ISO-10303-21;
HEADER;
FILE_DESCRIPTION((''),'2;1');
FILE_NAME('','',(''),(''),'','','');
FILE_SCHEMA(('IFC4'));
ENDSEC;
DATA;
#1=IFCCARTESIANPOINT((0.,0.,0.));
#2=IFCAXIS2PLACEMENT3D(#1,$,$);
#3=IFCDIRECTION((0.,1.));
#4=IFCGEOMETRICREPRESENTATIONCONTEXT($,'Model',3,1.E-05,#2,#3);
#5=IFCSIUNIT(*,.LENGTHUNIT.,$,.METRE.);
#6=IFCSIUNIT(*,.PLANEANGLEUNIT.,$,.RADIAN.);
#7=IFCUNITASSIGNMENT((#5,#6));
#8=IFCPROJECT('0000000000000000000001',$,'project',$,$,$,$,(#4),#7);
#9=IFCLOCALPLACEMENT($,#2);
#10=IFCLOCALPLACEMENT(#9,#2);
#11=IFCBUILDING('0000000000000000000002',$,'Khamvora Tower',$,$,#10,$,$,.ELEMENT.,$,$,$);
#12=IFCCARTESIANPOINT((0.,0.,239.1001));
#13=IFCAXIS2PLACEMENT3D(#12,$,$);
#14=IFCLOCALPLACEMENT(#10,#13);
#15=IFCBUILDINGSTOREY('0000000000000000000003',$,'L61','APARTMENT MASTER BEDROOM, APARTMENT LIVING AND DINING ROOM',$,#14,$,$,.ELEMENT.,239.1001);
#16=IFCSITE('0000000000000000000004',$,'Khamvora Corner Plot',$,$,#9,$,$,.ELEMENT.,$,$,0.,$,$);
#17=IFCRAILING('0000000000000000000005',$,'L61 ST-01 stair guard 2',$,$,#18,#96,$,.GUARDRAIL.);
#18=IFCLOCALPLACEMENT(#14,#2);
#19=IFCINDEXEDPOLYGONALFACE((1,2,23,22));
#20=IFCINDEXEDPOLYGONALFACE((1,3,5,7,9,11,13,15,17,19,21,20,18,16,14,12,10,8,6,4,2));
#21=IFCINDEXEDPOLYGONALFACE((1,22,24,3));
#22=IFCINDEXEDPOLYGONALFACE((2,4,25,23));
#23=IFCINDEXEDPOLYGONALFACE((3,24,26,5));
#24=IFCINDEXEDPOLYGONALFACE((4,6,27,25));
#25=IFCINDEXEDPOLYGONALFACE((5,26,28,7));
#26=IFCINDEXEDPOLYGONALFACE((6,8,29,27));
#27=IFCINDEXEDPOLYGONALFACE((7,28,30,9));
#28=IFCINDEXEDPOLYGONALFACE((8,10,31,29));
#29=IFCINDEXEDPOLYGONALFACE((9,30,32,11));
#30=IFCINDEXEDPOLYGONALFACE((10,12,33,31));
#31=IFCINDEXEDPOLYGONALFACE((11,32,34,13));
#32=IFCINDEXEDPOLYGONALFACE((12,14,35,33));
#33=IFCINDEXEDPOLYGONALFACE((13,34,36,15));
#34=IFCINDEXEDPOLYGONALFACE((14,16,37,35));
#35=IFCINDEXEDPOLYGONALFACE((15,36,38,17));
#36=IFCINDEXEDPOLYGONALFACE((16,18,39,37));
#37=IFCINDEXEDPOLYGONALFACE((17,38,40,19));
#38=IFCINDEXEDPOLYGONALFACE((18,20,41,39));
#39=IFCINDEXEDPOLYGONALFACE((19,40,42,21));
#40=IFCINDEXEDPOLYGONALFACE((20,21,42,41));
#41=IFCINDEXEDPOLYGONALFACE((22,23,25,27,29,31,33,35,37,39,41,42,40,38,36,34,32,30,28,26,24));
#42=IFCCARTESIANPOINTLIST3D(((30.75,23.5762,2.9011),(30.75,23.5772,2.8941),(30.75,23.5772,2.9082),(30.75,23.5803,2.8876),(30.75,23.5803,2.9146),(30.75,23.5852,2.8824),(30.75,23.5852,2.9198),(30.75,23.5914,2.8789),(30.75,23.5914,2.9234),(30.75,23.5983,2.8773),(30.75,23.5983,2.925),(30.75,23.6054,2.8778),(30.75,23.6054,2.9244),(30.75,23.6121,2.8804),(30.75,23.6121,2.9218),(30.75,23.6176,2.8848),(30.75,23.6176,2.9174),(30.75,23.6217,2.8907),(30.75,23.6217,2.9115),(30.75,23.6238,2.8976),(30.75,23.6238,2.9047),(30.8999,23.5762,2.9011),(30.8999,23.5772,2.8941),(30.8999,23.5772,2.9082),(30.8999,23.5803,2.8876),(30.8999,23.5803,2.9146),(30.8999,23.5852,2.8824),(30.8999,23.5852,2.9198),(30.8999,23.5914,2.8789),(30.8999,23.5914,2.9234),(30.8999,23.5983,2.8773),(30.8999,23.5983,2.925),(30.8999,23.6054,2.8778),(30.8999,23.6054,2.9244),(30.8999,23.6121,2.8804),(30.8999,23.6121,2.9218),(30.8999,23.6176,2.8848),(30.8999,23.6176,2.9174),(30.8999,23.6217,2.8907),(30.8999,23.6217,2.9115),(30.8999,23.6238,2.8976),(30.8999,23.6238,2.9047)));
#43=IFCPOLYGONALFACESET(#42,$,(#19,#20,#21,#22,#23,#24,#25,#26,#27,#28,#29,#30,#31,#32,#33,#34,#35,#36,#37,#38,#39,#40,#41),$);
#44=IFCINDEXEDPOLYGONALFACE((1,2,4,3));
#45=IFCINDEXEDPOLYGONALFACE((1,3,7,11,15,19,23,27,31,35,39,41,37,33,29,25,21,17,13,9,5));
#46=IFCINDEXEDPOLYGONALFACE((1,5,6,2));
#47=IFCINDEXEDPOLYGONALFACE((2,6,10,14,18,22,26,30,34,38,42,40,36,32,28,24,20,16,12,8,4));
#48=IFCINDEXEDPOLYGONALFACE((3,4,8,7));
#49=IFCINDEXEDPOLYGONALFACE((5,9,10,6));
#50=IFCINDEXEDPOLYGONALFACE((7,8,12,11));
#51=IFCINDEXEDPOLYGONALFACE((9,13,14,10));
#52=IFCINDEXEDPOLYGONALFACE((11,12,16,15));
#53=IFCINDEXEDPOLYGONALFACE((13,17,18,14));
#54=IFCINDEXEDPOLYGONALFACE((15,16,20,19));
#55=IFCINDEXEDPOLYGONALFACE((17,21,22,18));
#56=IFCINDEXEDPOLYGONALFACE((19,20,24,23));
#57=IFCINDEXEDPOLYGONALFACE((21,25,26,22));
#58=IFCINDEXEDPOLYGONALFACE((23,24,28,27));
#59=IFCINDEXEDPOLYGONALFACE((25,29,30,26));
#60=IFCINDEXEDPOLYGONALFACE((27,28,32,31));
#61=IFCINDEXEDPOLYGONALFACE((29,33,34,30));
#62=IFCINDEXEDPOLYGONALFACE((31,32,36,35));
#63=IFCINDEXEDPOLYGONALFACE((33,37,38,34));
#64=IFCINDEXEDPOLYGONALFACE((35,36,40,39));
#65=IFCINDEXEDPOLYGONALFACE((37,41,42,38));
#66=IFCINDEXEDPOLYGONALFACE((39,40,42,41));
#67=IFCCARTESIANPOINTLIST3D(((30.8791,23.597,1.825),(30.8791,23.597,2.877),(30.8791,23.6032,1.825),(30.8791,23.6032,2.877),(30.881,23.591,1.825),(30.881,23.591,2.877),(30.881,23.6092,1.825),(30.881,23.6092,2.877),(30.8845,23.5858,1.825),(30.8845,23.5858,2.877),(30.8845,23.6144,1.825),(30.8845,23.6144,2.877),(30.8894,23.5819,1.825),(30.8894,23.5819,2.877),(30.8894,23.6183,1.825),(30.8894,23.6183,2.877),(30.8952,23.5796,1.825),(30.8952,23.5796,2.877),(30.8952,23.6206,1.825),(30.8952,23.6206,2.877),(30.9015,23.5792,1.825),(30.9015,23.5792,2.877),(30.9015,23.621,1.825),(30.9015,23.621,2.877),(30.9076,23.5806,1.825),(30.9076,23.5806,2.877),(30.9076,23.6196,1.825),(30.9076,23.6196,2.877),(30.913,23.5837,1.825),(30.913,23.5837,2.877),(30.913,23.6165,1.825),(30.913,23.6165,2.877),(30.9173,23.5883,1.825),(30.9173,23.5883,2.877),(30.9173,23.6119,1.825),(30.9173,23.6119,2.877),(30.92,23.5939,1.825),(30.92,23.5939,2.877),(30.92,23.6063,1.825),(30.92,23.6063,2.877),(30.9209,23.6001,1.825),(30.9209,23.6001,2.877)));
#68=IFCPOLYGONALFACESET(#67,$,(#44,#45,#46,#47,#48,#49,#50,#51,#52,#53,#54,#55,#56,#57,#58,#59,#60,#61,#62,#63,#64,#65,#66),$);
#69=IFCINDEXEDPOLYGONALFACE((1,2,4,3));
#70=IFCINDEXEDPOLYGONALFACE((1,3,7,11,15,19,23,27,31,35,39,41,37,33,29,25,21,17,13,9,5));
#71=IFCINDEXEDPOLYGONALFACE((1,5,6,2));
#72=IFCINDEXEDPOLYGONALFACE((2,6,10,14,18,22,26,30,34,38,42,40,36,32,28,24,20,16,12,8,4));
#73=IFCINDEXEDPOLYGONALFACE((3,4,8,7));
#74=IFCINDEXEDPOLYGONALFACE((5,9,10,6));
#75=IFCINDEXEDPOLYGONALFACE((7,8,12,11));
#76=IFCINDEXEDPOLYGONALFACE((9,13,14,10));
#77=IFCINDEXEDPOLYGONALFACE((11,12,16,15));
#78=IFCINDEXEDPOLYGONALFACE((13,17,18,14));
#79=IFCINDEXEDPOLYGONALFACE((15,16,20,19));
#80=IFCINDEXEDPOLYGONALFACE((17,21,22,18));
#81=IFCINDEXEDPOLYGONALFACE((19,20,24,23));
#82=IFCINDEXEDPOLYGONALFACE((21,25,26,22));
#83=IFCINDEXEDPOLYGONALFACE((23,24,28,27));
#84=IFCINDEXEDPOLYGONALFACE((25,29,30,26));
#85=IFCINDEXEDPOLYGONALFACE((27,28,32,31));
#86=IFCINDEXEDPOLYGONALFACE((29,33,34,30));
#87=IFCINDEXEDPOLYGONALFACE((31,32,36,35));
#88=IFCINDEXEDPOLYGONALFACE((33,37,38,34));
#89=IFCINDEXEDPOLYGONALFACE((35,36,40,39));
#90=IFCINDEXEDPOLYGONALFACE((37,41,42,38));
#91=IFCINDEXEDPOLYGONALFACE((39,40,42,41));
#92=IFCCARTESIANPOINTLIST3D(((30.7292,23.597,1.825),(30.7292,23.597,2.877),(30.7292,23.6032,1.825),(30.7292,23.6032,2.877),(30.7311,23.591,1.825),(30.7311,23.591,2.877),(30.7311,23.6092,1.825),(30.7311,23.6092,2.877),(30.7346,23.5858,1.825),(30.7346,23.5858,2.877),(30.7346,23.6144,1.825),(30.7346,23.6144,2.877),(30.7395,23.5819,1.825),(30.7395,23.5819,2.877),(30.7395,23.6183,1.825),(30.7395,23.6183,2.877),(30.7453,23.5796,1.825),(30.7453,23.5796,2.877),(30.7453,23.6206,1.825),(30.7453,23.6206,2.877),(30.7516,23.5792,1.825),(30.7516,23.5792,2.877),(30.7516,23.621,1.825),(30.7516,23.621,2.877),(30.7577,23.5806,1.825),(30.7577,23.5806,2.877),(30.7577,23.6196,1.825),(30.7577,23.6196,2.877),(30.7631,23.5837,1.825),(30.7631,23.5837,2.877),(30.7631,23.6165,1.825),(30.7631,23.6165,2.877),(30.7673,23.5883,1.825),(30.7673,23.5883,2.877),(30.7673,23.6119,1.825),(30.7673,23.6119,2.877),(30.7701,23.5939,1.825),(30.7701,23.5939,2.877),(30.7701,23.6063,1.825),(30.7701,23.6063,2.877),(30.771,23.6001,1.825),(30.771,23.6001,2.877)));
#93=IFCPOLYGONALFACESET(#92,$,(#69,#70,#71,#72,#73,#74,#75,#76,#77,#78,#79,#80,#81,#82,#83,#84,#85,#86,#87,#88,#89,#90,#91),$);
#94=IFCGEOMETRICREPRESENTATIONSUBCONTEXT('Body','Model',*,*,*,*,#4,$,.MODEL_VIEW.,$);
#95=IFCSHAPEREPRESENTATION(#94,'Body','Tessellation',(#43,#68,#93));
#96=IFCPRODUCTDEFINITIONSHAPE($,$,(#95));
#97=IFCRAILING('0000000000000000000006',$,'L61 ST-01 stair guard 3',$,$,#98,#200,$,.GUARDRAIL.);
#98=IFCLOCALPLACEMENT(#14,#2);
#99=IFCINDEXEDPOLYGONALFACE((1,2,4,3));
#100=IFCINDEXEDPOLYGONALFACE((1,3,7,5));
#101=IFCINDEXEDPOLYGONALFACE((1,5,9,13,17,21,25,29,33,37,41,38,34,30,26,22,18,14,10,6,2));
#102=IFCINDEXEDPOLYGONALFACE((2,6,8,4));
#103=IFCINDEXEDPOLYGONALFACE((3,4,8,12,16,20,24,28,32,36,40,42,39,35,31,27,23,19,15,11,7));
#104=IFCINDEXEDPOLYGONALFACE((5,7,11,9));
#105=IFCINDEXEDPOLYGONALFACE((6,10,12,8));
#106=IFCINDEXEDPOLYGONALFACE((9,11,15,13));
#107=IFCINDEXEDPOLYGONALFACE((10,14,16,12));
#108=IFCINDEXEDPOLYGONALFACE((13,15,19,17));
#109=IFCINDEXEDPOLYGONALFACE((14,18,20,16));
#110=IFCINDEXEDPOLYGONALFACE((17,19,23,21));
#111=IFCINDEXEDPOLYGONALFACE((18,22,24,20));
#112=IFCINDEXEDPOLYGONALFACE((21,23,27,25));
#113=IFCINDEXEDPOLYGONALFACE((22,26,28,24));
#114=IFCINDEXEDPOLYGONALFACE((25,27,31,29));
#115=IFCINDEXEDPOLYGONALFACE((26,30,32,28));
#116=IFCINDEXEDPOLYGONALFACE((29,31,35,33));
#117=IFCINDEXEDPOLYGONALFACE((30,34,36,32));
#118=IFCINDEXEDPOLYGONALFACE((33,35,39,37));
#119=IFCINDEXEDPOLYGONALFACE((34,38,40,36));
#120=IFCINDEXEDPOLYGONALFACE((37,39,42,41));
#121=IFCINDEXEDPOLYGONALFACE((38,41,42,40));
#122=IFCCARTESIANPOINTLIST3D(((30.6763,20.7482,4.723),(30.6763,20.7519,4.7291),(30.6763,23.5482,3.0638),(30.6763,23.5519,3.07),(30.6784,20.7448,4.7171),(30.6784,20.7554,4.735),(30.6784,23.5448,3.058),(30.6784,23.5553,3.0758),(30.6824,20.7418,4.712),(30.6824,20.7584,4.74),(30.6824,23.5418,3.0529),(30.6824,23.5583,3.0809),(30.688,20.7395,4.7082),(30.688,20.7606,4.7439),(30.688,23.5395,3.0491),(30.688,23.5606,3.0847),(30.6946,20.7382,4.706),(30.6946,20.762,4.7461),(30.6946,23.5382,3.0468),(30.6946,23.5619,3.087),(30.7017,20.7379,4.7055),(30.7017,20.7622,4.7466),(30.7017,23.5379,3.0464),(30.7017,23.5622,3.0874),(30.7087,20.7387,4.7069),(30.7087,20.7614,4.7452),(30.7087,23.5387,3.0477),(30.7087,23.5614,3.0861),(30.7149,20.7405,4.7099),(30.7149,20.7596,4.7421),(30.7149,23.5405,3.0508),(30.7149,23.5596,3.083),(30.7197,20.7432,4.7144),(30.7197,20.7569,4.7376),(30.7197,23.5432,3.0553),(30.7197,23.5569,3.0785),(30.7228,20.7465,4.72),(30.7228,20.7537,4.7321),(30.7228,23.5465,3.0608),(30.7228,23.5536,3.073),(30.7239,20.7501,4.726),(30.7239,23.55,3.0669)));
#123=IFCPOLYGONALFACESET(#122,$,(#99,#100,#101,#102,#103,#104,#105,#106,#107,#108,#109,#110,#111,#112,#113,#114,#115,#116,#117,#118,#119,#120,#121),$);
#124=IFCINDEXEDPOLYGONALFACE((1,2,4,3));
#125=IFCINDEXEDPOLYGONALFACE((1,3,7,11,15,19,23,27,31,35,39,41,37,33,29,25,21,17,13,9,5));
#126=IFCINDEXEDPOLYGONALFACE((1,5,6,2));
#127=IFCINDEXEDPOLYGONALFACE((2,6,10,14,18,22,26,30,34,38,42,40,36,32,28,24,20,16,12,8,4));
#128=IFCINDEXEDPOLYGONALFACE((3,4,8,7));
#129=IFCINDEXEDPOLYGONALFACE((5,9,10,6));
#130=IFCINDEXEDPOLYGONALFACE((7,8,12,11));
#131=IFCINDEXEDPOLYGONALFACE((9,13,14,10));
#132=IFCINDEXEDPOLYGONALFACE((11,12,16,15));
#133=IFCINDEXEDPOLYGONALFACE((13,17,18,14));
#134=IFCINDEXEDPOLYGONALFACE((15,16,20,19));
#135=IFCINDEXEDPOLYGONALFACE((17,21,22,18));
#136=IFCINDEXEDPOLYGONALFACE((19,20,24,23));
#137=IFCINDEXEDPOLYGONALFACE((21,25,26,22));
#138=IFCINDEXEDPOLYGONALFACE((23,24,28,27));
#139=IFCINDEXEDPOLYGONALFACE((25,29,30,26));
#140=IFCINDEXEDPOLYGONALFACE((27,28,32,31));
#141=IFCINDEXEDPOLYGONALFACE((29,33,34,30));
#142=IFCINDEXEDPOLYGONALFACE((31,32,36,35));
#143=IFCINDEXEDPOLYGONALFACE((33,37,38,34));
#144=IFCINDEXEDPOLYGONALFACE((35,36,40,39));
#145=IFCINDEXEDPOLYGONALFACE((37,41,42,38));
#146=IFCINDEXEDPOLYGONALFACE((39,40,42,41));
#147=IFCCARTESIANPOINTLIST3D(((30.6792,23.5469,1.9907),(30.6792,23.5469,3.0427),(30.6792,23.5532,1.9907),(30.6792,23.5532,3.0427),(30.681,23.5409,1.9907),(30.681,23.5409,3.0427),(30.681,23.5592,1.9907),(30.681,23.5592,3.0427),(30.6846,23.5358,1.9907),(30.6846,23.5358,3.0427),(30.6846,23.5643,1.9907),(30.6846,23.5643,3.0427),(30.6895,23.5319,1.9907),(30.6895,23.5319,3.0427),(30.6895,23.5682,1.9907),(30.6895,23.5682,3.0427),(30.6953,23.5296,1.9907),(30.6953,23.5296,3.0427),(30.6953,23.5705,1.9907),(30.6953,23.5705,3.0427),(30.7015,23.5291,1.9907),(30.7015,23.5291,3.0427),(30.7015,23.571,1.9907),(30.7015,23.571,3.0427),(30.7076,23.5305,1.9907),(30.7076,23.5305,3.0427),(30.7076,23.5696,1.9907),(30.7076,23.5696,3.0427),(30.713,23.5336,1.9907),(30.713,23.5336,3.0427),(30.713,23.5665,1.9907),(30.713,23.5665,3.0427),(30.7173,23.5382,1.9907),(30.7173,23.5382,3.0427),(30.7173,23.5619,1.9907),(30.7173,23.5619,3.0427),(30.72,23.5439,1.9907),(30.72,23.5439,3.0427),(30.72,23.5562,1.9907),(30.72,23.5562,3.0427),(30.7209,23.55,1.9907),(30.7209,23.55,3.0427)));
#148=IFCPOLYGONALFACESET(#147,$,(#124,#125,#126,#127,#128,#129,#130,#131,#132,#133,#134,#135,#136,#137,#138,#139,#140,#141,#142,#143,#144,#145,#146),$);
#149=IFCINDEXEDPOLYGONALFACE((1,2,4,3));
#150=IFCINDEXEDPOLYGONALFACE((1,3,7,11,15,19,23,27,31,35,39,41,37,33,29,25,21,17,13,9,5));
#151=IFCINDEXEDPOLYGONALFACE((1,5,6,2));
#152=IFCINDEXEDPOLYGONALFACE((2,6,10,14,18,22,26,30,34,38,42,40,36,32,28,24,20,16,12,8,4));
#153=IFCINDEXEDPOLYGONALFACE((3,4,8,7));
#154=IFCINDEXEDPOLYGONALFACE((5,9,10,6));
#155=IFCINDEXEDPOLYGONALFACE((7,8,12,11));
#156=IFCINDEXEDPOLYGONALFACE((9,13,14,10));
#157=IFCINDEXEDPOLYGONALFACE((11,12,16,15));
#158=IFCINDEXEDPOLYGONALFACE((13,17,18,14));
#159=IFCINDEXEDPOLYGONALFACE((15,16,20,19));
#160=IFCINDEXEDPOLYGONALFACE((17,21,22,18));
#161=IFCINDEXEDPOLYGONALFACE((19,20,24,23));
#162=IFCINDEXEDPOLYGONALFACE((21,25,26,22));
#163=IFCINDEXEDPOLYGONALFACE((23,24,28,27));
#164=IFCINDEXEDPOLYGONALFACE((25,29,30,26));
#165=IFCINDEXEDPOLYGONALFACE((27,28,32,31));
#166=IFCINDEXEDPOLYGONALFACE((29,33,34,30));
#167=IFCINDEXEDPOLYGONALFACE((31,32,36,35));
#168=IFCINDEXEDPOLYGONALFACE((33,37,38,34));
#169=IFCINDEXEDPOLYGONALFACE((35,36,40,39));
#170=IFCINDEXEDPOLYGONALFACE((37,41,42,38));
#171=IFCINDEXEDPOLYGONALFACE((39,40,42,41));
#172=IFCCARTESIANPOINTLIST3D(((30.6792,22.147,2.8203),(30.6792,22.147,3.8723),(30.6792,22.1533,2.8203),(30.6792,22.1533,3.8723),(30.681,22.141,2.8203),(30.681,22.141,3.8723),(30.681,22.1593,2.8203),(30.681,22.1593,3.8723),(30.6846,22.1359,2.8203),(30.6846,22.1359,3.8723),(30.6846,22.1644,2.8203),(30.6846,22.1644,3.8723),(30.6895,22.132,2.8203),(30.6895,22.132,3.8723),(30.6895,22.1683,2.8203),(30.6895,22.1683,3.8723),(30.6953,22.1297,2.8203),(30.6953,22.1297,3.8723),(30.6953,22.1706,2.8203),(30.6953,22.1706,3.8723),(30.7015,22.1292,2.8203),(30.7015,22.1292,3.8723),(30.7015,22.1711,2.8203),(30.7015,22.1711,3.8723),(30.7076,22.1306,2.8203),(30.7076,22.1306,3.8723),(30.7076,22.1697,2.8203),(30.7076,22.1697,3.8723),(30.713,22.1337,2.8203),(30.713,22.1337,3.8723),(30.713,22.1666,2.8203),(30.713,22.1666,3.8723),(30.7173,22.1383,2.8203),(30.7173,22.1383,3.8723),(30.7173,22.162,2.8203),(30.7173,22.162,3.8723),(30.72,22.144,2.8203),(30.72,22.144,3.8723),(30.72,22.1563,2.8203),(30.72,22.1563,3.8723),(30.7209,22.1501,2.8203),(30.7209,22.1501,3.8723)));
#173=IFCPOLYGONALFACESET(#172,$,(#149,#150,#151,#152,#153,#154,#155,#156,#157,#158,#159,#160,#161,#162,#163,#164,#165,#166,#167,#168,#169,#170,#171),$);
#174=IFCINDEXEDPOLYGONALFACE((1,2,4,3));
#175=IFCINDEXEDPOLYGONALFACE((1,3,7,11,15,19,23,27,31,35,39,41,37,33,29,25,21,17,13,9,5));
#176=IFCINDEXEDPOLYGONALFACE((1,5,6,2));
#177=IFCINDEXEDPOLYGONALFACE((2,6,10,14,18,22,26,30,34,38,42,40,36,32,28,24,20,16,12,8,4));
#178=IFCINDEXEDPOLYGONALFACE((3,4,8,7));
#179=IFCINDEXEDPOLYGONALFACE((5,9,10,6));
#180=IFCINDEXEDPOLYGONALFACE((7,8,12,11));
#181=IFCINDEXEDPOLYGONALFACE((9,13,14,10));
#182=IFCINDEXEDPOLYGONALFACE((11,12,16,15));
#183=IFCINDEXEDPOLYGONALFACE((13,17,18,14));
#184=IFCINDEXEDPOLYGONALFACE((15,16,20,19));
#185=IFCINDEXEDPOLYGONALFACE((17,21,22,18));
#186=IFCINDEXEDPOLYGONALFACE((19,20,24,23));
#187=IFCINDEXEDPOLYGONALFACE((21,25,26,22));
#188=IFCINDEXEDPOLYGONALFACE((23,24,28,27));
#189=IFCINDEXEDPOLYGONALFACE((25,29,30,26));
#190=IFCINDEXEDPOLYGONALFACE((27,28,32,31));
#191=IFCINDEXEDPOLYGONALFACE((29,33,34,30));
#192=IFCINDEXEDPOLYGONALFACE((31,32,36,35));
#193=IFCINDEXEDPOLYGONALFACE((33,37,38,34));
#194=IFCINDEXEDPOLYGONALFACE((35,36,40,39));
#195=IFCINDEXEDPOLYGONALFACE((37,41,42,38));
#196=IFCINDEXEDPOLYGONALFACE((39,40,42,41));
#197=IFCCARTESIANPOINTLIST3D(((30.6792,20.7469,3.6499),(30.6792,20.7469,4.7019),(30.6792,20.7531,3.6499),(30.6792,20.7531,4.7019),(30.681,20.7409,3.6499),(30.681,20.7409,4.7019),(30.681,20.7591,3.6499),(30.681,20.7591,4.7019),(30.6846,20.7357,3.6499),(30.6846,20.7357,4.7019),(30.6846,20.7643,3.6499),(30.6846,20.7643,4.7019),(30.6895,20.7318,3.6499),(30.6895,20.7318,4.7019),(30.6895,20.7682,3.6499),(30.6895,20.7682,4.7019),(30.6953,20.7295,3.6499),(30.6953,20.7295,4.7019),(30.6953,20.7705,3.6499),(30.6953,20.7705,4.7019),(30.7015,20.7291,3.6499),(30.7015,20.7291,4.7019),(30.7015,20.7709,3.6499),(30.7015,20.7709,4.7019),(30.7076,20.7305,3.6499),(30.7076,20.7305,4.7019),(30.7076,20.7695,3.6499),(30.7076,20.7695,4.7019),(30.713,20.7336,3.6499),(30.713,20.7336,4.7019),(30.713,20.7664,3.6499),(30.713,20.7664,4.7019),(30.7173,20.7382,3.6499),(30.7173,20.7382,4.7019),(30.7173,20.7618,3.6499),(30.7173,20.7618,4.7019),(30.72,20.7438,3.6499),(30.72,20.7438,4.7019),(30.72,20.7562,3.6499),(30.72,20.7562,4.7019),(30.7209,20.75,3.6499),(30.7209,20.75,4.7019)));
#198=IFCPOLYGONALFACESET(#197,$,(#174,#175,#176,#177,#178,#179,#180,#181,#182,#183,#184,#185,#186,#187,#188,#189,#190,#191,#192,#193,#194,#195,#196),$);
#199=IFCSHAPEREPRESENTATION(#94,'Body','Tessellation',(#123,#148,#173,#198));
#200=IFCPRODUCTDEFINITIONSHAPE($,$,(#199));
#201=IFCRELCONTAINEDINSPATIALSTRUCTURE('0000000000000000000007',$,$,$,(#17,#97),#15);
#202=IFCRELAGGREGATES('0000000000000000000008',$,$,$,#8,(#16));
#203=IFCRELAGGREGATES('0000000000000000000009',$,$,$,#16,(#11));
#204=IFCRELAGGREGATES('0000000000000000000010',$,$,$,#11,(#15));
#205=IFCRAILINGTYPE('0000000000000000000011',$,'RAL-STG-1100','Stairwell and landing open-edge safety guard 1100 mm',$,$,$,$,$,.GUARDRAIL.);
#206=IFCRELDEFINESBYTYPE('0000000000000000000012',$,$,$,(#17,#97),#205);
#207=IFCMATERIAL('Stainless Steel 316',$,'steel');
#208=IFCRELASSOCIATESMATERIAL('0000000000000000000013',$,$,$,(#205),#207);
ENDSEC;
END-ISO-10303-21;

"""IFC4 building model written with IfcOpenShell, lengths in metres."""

from ifc_helpers import new_model, si_unit, direction, frame, origin, origin_2d, place, context, subcontext, project, spatial, circle, extrude, material, type_object, element, save


model = new_model("IFC4")

# Units and contexts
model_context = context("Model", 3, precision=1e-05, world=origin(), true_north=direction((0.0, 1.0)))
body_context = subcontext(model_context, "Body", "Model", "MODEL_VIEW")
ifc_project = project(units=[si_unit("LENGTHUNIT", "METRE"), si_unit("PLANEANGLEUNIT", "RADIAN")], contexts=[model_context])

# Site, building, storey
site_placement = place(None, origin())
site = spatial("IfcSite", under=ifc_project, at=site_placement, Name="Khamvora Corner Plot", CompositionType="ELEMENT", RefElevation=0.0)
building_placement = place(site_placement, origin())
building = spatial("IfcBuilding", under=site, at=building_placement, Name="Khamvora Tower", CompositionType="ELEMENT")
storey_placement = place(building_placement, frame((0.0, 0.0, 239.1001)))
storey = spatial("IfcBuildingStorey", under=building, at=storey_placement, Name="L61", Description="APARTMENT MASTER BEDROOM, APARTMENT LIVING AND DINING ROOM", CompositionType="ELEMENT", Elevation=239.1001)

# Railings
ifc_material_1 = material(Name="Stainless Steel 316", Category="steel")
railing_type = type_object("IfcRailingType", Name="RAL-STG-1100", Description="Stairwell and landing open-edge safety guard 1100 mm", PredefinedType="GUARDRAIL", material=ifc_material_1)
railing_1_placement = place(storey_placement, frame((30.8999, 23.6001, 1.825)))
element("IfcRailing", 1, at=railing_1_placement, inside=storey, type_object=railing_type, Name="L61 ST-01 stair guard 2", PredefinedType="GUARDRAIL", context=body_context, shape_type="SweptSolid", body=[
    extrude(circle(Radius=0.0239, at=origin_2d()), frame((0.0, 0.0, 1.0762), z_axis=(-1.0, 0.0, 0.0), x_axis=(0.0, -1.0, 0.0)), (0.0, 0.0, 1.0), 0.1499),
    extrude(circle(Radius=0.021, at=origin_2d()), origin(), (0.0, 0.0, 1.0), 1.052),
    extrude(circle(Radius=0.021, at=origin_2d()), frame((-0.1499, 0.0, 0.0)), (0.0, 0.0, 1.0), 1.052),
])
railing_2_placement = place(storey_placement, frame((30.7, 23.55, 1.9907)))
element("IfcRailing", 2, at=railing_2_placement, inside=storey, type_object=railing_type, Name="L61 ST-01 stair guard 3", PredefinedType="GUARDRAIL", context=body_context, shape_type="SweptSolid", body=[
    extrude(circle(Radius=0.0239, at=origin_2d()), frame((0.0, 0.0, 1.0762), z_axis=(0.0, -0.860306, 0.509778), x_axis=(1.0, 0.0, 0.0)), (0.0, 0.0, 1.0), 3.2546),
    extrude(circle(Radius=0.021, at=origin_2d()), origin(), (0.0, 0.0, 1.0), 1.052),
    extrude(circle(Radius=0.021, at=origin_2d()), frame((0.0, -1.3999, 0.8296)), (0.0, 0.0, 1.0), 1.052),
    extrude(circle(Radius=0.021, at=origin_2d()), frame((0.0, -2.8, 1.6592)), (0.0, 0.0, 1.0), 1.052),
])

save(model, "model.ifc")
